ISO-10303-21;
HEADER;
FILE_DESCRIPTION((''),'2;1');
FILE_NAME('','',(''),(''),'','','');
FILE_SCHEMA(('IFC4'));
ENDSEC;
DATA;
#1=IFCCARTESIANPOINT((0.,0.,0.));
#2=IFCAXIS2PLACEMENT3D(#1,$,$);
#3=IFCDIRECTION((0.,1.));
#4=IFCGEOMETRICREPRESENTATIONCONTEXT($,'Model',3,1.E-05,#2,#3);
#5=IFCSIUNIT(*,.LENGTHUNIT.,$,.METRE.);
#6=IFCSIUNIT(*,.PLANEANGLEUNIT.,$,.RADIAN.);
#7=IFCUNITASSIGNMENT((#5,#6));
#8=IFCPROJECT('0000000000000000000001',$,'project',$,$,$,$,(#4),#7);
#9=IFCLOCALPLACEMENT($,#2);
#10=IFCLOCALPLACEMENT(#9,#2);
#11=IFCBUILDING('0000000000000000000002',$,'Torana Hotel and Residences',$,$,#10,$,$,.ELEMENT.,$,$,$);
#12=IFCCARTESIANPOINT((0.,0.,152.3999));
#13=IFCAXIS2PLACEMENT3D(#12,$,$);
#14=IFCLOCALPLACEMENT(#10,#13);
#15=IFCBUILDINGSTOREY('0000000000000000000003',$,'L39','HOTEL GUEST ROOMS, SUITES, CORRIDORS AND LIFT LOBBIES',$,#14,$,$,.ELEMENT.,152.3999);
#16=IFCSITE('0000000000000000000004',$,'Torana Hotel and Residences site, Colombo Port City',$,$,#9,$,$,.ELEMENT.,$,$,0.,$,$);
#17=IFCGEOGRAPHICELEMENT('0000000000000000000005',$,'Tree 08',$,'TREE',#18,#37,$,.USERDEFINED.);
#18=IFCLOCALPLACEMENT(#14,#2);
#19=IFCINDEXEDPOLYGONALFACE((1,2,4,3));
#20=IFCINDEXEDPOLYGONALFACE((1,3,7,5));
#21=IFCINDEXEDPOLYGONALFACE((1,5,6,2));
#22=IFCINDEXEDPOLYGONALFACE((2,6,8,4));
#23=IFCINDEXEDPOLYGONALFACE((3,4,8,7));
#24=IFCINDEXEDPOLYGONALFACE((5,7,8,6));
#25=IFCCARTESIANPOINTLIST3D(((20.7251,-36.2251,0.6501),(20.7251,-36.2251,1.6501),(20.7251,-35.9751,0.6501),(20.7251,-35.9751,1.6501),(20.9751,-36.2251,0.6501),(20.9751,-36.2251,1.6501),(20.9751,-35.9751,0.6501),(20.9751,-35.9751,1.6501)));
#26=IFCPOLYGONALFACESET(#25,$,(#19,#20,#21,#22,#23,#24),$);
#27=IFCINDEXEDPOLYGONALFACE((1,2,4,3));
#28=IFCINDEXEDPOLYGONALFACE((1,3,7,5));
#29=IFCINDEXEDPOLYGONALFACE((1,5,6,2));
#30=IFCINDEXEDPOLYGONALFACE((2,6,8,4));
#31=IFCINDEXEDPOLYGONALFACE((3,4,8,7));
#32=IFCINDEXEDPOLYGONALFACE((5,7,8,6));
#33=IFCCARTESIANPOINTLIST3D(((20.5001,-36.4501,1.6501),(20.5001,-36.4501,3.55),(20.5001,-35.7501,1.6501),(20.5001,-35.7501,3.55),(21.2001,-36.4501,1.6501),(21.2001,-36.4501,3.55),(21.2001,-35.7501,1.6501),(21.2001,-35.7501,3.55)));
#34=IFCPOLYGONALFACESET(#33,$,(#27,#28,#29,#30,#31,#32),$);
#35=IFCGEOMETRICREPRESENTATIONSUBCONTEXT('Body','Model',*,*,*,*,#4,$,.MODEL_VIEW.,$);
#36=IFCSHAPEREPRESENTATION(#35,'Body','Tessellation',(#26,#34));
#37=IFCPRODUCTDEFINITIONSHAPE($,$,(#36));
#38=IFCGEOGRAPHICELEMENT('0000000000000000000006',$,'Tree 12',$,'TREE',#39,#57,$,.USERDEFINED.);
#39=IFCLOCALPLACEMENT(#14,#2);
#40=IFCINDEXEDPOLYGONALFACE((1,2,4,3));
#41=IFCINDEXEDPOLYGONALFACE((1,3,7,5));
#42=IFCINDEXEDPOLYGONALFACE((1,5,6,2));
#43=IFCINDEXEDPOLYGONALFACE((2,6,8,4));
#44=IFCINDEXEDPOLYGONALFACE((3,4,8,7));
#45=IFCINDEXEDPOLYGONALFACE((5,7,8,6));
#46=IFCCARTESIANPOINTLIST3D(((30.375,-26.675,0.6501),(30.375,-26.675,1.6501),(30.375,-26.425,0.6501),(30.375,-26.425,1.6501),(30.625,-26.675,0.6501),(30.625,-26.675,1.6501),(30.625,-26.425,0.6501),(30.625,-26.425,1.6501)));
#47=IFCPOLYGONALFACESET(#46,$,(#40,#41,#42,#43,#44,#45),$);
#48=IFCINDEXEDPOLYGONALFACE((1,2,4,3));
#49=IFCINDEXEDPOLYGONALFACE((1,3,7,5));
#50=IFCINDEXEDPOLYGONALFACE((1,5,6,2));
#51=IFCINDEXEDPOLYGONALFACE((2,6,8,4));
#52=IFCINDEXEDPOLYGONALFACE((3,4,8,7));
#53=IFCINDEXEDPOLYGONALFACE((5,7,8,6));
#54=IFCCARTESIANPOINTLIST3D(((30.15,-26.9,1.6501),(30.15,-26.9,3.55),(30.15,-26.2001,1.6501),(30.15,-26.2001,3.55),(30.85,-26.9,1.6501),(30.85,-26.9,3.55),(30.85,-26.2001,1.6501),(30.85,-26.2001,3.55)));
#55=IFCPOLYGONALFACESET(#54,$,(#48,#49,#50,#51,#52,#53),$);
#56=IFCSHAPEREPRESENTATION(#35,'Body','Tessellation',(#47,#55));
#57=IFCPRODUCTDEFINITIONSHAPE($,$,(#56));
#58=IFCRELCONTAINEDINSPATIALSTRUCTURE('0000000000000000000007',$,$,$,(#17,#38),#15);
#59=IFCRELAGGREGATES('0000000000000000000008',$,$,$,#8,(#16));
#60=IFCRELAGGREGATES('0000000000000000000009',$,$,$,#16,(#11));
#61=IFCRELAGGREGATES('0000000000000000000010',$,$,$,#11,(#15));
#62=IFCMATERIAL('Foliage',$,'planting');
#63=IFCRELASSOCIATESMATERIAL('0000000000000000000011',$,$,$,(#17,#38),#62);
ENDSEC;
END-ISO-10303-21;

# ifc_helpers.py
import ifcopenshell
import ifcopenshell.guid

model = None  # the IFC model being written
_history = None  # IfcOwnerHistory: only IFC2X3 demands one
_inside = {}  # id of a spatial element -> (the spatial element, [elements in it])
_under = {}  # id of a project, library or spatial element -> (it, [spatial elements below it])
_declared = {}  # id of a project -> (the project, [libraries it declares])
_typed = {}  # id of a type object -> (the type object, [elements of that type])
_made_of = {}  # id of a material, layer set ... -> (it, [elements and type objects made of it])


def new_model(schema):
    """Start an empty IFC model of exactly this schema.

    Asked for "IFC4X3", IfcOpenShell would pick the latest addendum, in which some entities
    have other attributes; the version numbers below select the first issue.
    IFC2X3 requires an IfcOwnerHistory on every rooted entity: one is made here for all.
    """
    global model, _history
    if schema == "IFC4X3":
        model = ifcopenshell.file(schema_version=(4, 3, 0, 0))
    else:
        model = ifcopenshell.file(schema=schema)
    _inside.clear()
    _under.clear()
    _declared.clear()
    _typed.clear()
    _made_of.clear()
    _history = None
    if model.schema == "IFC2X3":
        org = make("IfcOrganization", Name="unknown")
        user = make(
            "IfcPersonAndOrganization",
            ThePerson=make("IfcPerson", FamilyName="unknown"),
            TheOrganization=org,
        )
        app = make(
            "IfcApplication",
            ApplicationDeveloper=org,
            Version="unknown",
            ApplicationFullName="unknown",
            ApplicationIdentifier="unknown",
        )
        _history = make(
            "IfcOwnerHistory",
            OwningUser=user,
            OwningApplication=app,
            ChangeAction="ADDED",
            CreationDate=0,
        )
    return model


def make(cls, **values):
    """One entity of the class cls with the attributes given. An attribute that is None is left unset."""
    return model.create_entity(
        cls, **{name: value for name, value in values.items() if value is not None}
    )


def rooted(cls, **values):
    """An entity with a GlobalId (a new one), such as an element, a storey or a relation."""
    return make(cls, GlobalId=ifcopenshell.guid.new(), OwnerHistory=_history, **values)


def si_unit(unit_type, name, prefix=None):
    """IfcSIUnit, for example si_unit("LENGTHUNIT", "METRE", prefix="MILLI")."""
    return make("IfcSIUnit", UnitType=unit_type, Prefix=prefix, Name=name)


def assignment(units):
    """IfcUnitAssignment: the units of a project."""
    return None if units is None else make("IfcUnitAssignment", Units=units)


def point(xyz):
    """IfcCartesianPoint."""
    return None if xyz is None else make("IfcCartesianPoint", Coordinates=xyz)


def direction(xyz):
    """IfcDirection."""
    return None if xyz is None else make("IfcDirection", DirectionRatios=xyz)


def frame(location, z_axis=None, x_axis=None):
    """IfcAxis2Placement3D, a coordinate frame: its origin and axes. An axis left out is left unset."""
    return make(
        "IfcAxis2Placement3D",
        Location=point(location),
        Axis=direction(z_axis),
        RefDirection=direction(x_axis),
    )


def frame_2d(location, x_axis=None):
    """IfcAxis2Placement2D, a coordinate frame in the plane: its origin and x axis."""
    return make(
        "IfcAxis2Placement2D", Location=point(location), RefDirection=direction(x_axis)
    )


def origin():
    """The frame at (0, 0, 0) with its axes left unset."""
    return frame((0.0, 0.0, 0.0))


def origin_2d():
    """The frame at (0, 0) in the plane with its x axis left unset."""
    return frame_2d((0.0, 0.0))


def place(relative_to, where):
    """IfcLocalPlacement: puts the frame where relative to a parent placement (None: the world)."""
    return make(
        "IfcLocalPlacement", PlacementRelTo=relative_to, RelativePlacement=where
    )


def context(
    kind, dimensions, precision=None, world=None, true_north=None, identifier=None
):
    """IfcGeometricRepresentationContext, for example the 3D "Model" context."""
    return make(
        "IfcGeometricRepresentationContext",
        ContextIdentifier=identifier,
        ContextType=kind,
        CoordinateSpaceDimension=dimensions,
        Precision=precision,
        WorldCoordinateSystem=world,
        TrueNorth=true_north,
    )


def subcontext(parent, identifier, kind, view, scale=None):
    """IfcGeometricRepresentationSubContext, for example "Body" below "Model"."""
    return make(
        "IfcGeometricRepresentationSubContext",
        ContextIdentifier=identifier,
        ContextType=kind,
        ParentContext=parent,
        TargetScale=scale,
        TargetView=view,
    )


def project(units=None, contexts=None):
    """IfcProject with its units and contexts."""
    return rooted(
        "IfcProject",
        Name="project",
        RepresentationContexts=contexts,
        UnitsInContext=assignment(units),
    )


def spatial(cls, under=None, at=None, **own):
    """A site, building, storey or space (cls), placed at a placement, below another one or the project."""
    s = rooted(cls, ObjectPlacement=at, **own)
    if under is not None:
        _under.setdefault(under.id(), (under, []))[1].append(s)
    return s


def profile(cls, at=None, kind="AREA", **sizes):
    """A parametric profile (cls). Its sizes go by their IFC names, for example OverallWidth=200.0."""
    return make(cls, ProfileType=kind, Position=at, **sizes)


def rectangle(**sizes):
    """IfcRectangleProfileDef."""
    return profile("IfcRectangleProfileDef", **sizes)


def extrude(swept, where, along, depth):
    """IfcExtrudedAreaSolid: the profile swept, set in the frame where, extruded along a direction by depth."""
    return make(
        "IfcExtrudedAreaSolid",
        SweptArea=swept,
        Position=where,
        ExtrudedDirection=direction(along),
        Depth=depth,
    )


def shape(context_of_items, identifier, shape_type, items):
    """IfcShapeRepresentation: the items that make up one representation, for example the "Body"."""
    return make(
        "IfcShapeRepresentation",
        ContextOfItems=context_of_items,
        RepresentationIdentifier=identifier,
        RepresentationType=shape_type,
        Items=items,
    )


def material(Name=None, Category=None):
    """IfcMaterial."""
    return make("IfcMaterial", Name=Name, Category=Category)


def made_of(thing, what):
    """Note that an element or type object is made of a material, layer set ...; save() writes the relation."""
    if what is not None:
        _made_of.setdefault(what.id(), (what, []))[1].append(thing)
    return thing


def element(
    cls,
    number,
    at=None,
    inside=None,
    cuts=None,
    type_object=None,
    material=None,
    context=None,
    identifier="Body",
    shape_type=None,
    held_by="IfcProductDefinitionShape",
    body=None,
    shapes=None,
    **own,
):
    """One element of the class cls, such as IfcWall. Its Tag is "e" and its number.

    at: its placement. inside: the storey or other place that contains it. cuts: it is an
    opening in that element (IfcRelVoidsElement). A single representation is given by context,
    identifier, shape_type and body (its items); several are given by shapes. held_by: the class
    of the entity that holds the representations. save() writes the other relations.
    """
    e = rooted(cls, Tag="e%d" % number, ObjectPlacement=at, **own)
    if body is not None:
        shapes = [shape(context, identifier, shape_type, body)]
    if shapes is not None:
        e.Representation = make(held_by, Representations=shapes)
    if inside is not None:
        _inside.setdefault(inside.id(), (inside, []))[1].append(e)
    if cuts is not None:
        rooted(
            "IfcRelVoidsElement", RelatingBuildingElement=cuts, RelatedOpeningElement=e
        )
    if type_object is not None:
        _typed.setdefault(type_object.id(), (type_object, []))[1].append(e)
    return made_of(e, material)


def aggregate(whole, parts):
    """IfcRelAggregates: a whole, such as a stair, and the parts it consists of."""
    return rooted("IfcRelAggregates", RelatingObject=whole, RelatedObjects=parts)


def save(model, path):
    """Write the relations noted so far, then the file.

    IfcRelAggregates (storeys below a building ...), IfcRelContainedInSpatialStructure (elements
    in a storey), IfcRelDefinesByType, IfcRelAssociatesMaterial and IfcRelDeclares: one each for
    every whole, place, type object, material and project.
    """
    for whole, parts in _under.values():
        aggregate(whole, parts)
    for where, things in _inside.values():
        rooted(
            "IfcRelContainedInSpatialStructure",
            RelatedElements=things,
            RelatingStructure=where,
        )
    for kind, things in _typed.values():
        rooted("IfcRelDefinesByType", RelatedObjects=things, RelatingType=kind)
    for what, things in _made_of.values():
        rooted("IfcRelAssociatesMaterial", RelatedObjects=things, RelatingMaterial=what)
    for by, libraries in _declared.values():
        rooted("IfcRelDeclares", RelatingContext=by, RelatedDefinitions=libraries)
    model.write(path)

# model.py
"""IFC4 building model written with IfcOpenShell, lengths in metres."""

from ifc_helpers import new_model, si_unit, direction, frame, origin, origin_2d, place, context, subcontext, project, spatial, rectangle, extrude, material, element, save


model = new_model("IFC4")

# Units and contexts
model_context = context("Model", 3, precision=1e-05, world=origin(), true_north=direction((0.0, 1.0)))
body_context = subcontext(model_context, "Body", "Model", "MODEL_VIEW")
ifc_project = project(units=[si_unit("LENGTHUNIT", "METRE"), si_unit("PLANEANGLEUNIT", "RADIAN")], contexts=[model_context])

# Site, building, storey
site_placement = place(None, origin())
site = spatial("IfcSite", under=ifc_project, at=site_placement, Name="Torana Hotel and Residences site, Colombo Port City", CompositionType="ELEMENT", RefElevation=0.0)
building_placement = place(site_placement, origin())
building = spatial("IfcBuilding", under=site, at=building_placement, Name="Torana Hotel and Residences", CompositionType="ELEMENT")
storey_placement = place(building_placement, frame((0.0, 0.0, 152.3999)))
storey = spatial("IfcBuildingStorey", under=building, at=storey_placement, Name="L39", Description="HOTEL GUEST ROOMS, SUITES, CORRIDORS AND LIFT LOBBIES", CompositionType="ELEMENT", Elevation=152.3999)

# Geographic elements
ifc_material_1 = material(Name="Foliage", Category="planting")
for number, where, z_axis, x_axis, name in (
    (1, (20.8501, -36.1001, 0.6501), (0.0, 0.0, 1.0), (1.0, 0.0, 0.0), "Tree 08"),
    (2, (30.5, -26.55, 0.6501), (0.0, 0.0, 1.0), (1.0, 0.0, 0.0), "Tree 12"),
):
    element("IfcGeographicElement", number, at=place(storey_placement, frame(where, z_axis=z_axis, x_axis=x_axis)), inside=storey, material=ifc_material_1, Name=name, ObjectType="TREE", PredefinedType="USERDEFINED", context=body_context, shape_type="SweptSolid", body=[
        extrude(rectangle(XDim=0.25, YDim=0.25, at=origin_2d()), origin(), (0.0, 0.0, 1.0), 1.0),
        extrude(rectangle(XDim=0.7, YDim=0.7, at=origin_2d()), frame((0.0, 0.0, 1.0)), (0.0, 0.0, 1.0), 1.8999),
    ])

save(model, "model.ifc")
